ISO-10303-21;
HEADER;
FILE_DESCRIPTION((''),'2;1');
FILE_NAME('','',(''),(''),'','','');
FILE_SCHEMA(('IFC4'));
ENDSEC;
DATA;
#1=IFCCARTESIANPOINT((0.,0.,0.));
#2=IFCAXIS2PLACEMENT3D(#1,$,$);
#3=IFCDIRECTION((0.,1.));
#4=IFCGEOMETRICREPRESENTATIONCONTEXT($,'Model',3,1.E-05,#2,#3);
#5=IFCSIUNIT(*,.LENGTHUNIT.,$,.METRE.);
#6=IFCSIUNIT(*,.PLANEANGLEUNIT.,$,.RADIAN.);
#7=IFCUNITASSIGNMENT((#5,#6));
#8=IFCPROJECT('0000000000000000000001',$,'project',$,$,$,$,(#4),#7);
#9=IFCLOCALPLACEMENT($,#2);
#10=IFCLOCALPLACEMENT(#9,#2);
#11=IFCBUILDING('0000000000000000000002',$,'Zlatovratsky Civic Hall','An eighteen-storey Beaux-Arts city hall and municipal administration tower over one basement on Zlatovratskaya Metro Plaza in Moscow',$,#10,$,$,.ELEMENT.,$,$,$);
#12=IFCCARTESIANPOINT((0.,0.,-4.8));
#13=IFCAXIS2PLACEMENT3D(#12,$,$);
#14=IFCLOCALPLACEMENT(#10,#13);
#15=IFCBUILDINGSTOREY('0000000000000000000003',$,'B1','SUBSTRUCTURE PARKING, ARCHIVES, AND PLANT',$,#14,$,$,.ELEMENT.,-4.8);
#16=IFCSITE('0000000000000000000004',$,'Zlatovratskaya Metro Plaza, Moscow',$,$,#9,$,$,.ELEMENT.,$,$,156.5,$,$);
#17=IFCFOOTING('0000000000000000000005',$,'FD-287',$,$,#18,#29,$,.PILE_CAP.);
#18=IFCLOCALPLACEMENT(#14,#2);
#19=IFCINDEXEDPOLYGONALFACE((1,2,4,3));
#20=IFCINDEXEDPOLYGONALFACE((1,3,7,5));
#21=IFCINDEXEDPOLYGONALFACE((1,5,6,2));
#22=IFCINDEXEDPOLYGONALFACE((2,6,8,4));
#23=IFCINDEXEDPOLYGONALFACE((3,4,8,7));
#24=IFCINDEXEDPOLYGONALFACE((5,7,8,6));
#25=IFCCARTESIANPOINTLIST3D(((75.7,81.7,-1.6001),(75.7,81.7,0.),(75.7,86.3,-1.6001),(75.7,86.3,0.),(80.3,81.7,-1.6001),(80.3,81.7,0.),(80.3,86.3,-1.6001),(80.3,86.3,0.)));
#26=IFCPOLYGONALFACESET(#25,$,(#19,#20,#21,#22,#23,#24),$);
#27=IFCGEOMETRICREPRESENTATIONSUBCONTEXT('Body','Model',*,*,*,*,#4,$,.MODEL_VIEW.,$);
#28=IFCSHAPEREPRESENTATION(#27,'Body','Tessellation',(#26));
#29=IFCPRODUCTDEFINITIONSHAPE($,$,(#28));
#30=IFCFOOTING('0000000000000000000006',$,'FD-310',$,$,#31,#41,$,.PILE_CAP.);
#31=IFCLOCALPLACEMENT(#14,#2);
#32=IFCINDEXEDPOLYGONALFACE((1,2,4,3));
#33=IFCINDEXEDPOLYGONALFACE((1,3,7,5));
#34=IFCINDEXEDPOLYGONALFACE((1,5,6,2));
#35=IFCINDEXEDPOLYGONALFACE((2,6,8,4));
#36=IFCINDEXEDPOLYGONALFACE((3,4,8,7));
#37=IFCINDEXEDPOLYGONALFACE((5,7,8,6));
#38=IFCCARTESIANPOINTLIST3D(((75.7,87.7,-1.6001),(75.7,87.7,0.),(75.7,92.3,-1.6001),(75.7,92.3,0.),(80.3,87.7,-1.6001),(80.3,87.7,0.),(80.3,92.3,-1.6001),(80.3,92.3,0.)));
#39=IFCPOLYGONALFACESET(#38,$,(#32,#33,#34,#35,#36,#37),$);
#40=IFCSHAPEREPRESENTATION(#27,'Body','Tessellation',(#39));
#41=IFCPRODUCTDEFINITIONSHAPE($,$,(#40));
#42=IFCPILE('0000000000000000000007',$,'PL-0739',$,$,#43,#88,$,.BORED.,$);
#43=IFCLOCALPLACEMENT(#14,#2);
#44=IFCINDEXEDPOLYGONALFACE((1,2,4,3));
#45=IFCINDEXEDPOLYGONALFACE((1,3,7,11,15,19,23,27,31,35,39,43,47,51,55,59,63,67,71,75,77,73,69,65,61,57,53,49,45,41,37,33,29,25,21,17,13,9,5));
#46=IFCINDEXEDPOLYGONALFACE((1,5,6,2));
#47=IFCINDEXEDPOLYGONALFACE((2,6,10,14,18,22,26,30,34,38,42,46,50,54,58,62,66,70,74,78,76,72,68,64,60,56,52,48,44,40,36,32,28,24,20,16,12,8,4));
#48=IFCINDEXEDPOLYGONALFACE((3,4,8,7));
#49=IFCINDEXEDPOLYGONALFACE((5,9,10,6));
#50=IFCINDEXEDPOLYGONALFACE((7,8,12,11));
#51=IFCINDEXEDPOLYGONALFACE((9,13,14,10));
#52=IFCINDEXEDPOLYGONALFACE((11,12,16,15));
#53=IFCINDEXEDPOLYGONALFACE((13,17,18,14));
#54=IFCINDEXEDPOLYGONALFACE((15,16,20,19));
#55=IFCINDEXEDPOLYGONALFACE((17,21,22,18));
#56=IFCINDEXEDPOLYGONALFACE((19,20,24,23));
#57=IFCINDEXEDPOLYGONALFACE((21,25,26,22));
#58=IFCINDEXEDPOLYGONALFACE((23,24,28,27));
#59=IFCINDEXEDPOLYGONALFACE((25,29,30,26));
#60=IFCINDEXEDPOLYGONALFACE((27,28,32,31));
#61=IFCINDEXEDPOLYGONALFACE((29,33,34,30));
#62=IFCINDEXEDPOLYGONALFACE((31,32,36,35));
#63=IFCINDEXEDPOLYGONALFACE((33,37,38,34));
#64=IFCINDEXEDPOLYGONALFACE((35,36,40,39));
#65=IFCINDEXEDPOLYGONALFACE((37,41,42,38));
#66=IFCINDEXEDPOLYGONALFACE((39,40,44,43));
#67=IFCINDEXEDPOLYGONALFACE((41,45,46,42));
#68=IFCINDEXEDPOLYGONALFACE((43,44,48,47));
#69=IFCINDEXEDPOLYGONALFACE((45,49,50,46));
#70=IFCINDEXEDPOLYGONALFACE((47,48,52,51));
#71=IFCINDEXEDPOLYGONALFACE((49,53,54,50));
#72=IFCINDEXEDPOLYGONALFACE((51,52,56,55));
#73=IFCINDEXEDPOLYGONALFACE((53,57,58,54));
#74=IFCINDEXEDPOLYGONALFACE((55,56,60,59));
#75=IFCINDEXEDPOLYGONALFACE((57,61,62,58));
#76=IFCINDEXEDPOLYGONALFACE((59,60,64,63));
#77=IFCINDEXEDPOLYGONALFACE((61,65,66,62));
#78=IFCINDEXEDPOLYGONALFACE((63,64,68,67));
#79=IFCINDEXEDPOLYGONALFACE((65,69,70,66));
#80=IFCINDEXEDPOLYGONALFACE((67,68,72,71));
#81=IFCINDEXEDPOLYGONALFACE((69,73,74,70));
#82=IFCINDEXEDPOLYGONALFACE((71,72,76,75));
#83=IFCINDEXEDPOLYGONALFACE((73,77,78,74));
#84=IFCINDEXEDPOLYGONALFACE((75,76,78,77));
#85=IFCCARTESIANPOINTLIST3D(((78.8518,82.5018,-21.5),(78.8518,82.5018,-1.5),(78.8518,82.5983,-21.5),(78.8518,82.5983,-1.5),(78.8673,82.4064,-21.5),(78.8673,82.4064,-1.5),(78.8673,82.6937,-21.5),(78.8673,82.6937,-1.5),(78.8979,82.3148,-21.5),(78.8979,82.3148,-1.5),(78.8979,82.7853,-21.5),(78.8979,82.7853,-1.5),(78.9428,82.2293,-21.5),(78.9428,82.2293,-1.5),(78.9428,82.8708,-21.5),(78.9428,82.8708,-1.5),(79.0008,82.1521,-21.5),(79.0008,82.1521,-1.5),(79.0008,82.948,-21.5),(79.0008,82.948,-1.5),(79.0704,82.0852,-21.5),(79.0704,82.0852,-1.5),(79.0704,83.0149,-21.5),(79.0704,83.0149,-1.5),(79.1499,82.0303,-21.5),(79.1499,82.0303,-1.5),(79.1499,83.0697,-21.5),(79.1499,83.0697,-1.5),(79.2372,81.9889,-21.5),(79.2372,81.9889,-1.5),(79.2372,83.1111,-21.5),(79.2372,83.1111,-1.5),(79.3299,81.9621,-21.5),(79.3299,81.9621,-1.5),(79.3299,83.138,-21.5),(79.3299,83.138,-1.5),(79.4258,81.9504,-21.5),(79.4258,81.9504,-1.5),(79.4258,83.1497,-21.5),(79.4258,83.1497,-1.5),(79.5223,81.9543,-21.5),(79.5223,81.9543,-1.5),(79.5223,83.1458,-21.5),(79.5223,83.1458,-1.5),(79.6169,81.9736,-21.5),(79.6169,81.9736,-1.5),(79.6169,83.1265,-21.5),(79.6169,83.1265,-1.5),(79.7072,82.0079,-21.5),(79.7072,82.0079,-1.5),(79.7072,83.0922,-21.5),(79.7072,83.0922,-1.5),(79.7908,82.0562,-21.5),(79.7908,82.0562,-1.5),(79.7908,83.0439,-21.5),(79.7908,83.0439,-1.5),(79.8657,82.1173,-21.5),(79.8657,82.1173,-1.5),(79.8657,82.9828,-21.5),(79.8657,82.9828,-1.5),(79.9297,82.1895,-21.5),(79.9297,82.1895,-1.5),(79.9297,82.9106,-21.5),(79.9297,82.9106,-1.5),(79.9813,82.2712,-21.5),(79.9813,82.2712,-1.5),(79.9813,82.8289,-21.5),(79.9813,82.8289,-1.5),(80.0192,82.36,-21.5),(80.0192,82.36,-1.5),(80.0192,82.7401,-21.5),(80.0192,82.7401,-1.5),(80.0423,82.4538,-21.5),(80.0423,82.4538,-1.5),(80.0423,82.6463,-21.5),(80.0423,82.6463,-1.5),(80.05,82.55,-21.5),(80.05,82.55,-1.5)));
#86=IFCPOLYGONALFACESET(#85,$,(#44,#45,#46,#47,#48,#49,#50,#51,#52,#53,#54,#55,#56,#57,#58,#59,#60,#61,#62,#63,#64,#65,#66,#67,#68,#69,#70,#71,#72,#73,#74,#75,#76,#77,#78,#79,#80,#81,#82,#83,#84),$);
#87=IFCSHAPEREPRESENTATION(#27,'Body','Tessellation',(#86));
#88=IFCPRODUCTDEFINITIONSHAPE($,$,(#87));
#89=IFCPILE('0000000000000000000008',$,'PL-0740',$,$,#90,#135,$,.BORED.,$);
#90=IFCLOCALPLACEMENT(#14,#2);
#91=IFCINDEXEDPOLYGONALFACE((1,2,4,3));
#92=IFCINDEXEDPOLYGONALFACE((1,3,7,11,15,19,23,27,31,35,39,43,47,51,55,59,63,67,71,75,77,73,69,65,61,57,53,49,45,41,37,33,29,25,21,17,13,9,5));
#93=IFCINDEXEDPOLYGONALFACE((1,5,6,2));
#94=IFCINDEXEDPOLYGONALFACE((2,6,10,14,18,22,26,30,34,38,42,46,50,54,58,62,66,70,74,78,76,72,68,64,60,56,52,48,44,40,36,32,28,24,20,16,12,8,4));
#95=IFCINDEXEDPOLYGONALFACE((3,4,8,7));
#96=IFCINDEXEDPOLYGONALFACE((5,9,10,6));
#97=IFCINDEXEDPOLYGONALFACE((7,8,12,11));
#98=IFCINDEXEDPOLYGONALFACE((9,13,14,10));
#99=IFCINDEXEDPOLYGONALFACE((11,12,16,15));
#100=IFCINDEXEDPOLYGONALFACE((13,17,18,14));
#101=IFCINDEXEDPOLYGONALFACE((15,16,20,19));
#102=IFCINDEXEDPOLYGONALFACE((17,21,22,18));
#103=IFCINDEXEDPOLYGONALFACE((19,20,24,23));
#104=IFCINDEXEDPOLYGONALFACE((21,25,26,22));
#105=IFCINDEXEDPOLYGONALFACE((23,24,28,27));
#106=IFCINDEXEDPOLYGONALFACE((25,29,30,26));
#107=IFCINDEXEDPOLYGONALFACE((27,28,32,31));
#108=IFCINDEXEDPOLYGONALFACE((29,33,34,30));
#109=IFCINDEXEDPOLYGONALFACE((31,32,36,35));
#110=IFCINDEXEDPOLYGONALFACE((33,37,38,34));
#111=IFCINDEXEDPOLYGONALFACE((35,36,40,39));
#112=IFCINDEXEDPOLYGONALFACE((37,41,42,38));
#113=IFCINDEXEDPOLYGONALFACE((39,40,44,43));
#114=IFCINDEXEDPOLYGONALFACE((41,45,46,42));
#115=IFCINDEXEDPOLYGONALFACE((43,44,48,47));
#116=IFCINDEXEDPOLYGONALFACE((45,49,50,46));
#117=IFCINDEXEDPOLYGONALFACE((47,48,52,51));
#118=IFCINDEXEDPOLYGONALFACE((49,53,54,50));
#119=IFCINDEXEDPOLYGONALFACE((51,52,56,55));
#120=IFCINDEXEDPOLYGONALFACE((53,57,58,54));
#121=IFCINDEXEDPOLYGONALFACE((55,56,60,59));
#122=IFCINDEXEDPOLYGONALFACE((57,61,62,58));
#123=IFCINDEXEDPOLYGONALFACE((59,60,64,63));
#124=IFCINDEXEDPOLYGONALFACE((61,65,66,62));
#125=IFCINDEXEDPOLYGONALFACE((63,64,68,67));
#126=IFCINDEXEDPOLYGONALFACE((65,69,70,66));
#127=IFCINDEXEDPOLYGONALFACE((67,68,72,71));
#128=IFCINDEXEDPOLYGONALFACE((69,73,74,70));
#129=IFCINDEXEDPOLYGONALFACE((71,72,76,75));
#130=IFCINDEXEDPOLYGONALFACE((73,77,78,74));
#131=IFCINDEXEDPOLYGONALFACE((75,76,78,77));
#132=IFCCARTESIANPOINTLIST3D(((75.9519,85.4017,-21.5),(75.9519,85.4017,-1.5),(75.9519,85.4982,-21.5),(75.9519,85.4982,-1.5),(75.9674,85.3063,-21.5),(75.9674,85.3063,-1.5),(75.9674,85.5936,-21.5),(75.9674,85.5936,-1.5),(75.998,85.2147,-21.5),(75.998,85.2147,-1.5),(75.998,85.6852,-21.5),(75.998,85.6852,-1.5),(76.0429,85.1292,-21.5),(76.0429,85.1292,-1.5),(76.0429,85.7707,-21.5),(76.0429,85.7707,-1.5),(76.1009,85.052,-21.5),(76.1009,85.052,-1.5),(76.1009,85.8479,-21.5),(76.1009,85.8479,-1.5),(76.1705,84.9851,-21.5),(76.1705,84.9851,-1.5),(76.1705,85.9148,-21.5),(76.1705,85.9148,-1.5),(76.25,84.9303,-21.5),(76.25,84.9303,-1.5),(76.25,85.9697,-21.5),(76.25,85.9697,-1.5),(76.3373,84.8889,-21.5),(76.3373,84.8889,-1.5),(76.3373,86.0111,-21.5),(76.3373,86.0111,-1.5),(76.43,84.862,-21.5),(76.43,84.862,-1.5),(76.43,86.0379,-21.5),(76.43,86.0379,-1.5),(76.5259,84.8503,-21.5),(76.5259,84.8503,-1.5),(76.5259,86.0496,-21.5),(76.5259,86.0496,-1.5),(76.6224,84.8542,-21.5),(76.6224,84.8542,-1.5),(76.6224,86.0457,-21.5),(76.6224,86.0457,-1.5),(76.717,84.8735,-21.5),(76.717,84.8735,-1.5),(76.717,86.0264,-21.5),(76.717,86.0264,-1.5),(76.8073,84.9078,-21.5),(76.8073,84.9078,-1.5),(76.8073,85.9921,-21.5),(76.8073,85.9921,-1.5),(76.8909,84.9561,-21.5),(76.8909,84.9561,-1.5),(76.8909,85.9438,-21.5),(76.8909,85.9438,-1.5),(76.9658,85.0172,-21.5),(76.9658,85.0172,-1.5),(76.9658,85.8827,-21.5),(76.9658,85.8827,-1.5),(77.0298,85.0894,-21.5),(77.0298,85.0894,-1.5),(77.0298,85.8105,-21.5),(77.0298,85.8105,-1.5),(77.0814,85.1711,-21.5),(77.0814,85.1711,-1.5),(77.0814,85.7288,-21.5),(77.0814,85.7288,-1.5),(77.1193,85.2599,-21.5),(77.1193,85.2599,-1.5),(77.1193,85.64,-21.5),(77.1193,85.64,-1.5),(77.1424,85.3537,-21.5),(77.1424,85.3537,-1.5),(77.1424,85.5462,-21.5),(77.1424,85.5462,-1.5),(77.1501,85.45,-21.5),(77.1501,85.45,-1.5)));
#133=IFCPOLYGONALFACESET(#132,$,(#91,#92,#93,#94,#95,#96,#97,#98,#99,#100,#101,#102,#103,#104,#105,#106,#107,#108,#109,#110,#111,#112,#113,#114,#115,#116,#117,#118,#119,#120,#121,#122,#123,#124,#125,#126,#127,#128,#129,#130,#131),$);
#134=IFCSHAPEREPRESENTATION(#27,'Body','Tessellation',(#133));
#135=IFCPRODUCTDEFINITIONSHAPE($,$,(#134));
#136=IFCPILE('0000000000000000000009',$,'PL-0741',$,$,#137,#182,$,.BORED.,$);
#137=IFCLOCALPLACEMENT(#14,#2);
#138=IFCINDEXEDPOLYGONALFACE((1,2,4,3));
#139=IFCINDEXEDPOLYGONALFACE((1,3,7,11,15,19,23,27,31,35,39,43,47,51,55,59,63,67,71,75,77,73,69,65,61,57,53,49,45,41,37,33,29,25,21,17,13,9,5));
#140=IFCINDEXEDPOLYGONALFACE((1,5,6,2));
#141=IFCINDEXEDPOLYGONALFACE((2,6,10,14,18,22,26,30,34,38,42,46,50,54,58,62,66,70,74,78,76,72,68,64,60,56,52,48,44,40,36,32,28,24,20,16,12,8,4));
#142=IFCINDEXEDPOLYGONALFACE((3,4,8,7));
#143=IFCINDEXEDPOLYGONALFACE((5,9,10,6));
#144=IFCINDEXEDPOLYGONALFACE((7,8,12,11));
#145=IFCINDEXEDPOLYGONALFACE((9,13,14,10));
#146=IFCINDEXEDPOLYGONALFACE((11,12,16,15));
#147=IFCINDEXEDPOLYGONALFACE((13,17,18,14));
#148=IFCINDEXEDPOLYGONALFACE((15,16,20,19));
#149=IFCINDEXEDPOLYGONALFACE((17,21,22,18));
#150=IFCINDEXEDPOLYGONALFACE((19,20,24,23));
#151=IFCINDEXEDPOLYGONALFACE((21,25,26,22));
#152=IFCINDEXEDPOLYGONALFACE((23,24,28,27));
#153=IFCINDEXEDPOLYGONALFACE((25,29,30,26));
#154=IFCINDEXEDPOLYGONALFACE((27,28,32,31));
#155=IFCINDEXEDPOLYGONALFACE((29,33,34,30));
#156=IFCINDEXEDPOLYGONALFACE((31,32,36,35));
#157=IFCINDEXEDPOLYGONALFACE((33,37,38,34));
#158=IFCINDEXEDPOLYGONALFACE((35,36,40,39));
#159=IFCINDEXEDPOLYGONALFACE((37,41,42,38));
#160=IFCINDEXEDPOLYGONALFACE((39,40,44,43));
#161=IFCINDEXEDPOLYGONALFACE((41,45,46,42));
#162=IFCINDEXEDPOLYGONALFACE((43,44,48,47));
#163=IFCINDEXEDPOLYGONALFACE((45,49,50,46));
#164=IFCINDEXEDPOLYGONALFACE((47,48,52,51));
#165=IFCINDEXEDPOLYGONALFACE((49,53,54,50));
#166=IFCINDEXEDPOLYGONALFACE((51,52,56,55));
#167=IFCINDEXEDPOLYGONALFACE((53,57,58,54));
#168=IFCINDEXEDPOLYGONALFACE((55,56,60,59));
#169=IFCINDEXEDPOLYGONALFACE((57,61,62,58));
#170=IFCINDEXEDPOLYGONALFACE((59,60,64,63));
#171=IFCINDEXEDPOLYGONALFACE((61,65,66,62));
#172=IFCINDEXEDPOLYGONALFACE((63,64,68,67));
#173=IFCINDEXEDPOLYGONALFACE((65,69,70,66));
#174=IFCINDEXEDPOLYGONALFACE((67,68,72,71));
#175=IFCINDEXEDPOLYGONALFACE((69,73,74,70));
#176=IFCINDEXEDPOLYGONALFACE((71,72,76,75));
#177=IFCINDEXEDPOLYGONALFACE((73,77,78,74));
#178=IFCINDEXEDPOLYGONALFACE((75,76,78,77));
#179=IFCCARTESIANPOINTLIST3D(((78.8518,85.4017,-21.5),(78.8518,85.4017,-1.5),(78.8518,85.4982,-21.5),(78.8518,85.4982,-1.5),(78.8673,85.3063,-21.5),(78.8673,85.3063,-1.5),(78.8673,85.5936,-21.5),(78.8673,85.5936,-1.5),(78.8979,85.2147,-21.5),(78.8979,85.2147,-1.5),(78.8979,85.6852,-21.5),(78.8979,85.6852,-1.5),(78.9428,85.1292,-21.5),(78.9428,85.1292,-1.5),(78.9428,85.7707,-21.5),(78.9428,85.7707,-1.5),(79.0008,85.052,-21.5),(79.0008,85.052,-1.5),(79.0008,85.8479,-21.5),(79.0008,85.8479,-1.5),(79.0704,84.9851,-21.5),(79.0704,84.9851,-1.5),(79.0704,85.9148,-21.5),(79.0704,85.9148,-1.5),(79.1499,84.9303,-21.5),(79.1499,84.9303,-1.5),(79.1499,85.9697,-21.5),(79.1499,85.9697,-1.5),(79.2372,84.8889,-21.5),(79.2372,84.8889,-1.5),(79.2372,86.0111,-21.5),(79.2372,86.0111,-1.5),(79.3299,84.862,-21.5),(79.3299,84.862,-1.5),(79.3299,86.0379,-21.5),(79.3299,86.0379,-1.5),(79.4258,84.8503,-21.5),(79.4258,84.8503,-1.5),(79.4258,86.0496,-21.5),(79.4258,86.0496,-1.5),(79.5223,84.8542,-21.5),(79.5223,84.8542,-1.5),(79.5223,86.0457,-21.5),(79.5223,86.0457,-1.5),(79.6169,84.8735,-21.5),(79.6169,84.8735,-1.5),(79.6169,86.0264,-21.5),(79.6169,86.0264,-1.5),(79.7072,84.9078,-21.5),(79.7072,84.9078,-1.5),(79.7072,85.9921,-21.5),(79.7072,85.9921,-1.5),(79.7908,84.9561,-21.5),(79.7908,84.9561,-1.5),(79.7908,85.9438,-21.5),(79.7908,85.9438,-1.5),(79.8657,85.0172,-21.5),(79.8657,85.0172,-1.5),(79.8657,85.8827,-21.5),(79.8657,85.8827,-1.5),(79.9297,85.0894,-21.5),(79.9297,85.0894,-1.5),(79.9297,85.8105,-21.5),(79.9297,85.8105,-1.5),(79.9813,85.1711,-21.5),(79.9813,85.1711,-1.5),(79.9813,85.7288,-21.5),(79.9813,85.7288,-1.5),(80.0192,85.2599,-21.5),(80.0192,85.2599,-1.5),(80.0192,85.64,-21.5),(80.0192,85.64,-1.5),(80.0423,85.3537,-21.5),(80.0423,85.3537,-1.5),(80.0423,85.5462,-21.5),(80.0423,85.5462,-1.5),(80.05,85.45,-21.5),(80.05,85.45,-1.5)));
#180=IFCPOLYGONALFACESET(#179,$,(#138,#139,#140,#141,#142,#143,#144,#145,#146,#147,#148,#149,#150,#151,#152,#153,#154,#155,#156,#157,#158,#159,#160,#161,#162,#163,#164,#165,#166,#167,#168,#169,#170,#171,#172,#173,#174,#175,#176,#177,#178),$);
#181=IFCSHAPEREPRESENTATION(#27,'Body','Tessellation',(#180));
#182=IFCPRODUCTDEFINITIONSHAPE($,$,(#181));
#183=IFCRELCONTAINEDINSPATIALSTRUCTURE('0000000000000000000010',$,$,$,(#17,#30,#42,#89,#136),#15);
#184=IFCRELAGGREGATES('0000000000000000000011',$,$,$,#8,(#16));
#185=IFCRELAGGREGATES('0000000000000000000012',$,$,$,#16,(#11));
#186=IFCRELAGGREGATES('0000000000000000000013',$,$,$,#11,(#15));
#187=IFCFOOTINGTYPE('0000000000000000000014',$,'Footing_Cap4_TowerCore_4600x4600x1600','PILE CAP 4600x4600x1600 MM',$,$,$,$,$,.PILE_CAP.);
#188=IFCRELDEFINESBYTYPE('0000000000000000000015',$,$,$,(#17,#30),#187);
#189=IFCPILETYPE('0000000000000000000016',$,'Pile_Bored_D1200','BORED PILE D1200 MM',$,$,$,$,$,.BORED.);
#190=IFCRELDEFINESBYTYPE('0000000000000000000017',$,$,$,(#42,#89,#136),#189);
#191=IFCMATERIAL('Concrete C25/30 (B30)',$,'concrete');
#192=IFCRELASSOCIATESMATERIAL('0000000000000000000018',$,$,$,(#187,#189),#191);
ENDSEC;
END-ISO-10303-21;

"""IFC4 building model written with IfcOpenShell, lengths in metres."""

from ifc_helpers import new_model, si_unit, direction, frame, origin, origin_2d, place, context, subcontext, project, spatial, rectangle, circle, extrude, material, material_profile, profile_set, type_object, element, save


model = new_model("IFC4")

# Units and contexts
model_context = context("Model", 3, precision=1e-05, world=origin(), true_north=direction((0.0, 1.0)))
body_context = subcontext(model_context, "Body", "Model", "MODEL_VIEW")
ifc_project = project(units=[si_unit("LENGTHUNIT", "METRE"), si_unit("PLANEANGLEUNIT", "RADIAN")], contexts=[model_context])

# Site, building, storey
site_placement = place(None, origin())
site = spatial("IfcSite", under=ifc_project, at=site_placement, Name="Zlatovratskaya Metro Plaza, Moscow", CompositionType="ELEMENT", RefElevation=156.5)
building_placement = place(site_placement, origin())
building = spatial("IfcBuilding", under=site, at=building_placement, Name="Zlatovratsky Civic Hall", Description="An eighteen-storey Beaux-Arts city hall and municipal administration tower over one basement on Zlatovratskaya Metro Plaza in Moscow", CompositionType="ELEMENT")
storey_placement = place(building_placement, frame((0.0, 0.0, -4.8)))
storey = spatial("IfcBuildingStorey", under=building, at=storey_placement, Name="B1", Description="SUBSTRUCTURE PARKING, ARCHIVES, AND PLANT", CompositionType="ELEMENT", Elevation=-4.8)

# Footings
ifc_material_1 = material(Name="Concrete C25/30 (B30)", Category="concrete")
footing_type = type_object("IfcFootingType", Name="Footing_Cap4_TowerCore_4600x4600x1600", Description="PILE CAP 4600x4600x1600 MM", PredefinedType="PILE_CAP", material=ifc_material_1)
for number, where, z_axis, x_axis, name in (
    (1, (78.0, 84.0, -1.6001), (0.0, 0.0, 1.0), (1.0, 0.0, 0.0), "FD-287"),
    (2, (78.0, 90.0, -1.6001), (0.0, 0.0, 1.0), (1.0, 0.0, 0.0), "FD-310"),
):
    element("IfcFooting", number, at=place(storey_placement, frame(where, z_axis=z_axis, x_axis=x_axis)), inside=storey, type_object=footing_type, Name=name, PredefinedType="PILE_CAP", context=body_context, shape_type="SweptSolid", body=[
        extrude(rectangle(XDim=4.6001, YDim=4.6001, at=origin_2d()), origin(), (0.0, 0.0, 1.0), 1.6001),
    ])

# Piles
ifc_material_profile_1 = material_profile(ifc_material_1, circle(Radius=0.6001, at=origin_2d()), Name="PILE D1200")
ifc_profile_set_1 = profile_set([ifc_material_profile_1], Name="Concrete C25/30 (B30)")
pile_type = type_object("IfcPileType", Name="Pile_Bored_D1200", Description="BORED PILE D1200 MM", PredefinedType="BORED", material=ifc_profile_set_1)
for number, where, z_axis, x_axis, name in (
    (3, (79.45, 82.55, -1.5), (0.0, 0.0, -1.0), (1.0, 0.0, 0.0), "PL-0739"),
    (4, (76.55, 85.45, -1.5), (0.0, 0.0, -1.0), (1.0, 0.0, 0.0), "PL-0740"),
    (5, (79.45, 85.45, -1.5), (0.0, 0.0, -1.0), (1.0, 0.0, 0.0), "PL-0741"),
):
    element("IfcPile", number, at=place(storey_placement, frame(where, z_axis=z_axis, x_axis=x_axis)), inside=storey, type_object=pile_type, Name=name, PredefinedType="BORED", context=body_context, shape_type="SweptSolid", body=[
        extrude(circle(Radius=0.6001, at=origin_2d()), origin(), (0.0, 0.0, 1.0), 20.0),
    ])

save(model, "model.ifc")
